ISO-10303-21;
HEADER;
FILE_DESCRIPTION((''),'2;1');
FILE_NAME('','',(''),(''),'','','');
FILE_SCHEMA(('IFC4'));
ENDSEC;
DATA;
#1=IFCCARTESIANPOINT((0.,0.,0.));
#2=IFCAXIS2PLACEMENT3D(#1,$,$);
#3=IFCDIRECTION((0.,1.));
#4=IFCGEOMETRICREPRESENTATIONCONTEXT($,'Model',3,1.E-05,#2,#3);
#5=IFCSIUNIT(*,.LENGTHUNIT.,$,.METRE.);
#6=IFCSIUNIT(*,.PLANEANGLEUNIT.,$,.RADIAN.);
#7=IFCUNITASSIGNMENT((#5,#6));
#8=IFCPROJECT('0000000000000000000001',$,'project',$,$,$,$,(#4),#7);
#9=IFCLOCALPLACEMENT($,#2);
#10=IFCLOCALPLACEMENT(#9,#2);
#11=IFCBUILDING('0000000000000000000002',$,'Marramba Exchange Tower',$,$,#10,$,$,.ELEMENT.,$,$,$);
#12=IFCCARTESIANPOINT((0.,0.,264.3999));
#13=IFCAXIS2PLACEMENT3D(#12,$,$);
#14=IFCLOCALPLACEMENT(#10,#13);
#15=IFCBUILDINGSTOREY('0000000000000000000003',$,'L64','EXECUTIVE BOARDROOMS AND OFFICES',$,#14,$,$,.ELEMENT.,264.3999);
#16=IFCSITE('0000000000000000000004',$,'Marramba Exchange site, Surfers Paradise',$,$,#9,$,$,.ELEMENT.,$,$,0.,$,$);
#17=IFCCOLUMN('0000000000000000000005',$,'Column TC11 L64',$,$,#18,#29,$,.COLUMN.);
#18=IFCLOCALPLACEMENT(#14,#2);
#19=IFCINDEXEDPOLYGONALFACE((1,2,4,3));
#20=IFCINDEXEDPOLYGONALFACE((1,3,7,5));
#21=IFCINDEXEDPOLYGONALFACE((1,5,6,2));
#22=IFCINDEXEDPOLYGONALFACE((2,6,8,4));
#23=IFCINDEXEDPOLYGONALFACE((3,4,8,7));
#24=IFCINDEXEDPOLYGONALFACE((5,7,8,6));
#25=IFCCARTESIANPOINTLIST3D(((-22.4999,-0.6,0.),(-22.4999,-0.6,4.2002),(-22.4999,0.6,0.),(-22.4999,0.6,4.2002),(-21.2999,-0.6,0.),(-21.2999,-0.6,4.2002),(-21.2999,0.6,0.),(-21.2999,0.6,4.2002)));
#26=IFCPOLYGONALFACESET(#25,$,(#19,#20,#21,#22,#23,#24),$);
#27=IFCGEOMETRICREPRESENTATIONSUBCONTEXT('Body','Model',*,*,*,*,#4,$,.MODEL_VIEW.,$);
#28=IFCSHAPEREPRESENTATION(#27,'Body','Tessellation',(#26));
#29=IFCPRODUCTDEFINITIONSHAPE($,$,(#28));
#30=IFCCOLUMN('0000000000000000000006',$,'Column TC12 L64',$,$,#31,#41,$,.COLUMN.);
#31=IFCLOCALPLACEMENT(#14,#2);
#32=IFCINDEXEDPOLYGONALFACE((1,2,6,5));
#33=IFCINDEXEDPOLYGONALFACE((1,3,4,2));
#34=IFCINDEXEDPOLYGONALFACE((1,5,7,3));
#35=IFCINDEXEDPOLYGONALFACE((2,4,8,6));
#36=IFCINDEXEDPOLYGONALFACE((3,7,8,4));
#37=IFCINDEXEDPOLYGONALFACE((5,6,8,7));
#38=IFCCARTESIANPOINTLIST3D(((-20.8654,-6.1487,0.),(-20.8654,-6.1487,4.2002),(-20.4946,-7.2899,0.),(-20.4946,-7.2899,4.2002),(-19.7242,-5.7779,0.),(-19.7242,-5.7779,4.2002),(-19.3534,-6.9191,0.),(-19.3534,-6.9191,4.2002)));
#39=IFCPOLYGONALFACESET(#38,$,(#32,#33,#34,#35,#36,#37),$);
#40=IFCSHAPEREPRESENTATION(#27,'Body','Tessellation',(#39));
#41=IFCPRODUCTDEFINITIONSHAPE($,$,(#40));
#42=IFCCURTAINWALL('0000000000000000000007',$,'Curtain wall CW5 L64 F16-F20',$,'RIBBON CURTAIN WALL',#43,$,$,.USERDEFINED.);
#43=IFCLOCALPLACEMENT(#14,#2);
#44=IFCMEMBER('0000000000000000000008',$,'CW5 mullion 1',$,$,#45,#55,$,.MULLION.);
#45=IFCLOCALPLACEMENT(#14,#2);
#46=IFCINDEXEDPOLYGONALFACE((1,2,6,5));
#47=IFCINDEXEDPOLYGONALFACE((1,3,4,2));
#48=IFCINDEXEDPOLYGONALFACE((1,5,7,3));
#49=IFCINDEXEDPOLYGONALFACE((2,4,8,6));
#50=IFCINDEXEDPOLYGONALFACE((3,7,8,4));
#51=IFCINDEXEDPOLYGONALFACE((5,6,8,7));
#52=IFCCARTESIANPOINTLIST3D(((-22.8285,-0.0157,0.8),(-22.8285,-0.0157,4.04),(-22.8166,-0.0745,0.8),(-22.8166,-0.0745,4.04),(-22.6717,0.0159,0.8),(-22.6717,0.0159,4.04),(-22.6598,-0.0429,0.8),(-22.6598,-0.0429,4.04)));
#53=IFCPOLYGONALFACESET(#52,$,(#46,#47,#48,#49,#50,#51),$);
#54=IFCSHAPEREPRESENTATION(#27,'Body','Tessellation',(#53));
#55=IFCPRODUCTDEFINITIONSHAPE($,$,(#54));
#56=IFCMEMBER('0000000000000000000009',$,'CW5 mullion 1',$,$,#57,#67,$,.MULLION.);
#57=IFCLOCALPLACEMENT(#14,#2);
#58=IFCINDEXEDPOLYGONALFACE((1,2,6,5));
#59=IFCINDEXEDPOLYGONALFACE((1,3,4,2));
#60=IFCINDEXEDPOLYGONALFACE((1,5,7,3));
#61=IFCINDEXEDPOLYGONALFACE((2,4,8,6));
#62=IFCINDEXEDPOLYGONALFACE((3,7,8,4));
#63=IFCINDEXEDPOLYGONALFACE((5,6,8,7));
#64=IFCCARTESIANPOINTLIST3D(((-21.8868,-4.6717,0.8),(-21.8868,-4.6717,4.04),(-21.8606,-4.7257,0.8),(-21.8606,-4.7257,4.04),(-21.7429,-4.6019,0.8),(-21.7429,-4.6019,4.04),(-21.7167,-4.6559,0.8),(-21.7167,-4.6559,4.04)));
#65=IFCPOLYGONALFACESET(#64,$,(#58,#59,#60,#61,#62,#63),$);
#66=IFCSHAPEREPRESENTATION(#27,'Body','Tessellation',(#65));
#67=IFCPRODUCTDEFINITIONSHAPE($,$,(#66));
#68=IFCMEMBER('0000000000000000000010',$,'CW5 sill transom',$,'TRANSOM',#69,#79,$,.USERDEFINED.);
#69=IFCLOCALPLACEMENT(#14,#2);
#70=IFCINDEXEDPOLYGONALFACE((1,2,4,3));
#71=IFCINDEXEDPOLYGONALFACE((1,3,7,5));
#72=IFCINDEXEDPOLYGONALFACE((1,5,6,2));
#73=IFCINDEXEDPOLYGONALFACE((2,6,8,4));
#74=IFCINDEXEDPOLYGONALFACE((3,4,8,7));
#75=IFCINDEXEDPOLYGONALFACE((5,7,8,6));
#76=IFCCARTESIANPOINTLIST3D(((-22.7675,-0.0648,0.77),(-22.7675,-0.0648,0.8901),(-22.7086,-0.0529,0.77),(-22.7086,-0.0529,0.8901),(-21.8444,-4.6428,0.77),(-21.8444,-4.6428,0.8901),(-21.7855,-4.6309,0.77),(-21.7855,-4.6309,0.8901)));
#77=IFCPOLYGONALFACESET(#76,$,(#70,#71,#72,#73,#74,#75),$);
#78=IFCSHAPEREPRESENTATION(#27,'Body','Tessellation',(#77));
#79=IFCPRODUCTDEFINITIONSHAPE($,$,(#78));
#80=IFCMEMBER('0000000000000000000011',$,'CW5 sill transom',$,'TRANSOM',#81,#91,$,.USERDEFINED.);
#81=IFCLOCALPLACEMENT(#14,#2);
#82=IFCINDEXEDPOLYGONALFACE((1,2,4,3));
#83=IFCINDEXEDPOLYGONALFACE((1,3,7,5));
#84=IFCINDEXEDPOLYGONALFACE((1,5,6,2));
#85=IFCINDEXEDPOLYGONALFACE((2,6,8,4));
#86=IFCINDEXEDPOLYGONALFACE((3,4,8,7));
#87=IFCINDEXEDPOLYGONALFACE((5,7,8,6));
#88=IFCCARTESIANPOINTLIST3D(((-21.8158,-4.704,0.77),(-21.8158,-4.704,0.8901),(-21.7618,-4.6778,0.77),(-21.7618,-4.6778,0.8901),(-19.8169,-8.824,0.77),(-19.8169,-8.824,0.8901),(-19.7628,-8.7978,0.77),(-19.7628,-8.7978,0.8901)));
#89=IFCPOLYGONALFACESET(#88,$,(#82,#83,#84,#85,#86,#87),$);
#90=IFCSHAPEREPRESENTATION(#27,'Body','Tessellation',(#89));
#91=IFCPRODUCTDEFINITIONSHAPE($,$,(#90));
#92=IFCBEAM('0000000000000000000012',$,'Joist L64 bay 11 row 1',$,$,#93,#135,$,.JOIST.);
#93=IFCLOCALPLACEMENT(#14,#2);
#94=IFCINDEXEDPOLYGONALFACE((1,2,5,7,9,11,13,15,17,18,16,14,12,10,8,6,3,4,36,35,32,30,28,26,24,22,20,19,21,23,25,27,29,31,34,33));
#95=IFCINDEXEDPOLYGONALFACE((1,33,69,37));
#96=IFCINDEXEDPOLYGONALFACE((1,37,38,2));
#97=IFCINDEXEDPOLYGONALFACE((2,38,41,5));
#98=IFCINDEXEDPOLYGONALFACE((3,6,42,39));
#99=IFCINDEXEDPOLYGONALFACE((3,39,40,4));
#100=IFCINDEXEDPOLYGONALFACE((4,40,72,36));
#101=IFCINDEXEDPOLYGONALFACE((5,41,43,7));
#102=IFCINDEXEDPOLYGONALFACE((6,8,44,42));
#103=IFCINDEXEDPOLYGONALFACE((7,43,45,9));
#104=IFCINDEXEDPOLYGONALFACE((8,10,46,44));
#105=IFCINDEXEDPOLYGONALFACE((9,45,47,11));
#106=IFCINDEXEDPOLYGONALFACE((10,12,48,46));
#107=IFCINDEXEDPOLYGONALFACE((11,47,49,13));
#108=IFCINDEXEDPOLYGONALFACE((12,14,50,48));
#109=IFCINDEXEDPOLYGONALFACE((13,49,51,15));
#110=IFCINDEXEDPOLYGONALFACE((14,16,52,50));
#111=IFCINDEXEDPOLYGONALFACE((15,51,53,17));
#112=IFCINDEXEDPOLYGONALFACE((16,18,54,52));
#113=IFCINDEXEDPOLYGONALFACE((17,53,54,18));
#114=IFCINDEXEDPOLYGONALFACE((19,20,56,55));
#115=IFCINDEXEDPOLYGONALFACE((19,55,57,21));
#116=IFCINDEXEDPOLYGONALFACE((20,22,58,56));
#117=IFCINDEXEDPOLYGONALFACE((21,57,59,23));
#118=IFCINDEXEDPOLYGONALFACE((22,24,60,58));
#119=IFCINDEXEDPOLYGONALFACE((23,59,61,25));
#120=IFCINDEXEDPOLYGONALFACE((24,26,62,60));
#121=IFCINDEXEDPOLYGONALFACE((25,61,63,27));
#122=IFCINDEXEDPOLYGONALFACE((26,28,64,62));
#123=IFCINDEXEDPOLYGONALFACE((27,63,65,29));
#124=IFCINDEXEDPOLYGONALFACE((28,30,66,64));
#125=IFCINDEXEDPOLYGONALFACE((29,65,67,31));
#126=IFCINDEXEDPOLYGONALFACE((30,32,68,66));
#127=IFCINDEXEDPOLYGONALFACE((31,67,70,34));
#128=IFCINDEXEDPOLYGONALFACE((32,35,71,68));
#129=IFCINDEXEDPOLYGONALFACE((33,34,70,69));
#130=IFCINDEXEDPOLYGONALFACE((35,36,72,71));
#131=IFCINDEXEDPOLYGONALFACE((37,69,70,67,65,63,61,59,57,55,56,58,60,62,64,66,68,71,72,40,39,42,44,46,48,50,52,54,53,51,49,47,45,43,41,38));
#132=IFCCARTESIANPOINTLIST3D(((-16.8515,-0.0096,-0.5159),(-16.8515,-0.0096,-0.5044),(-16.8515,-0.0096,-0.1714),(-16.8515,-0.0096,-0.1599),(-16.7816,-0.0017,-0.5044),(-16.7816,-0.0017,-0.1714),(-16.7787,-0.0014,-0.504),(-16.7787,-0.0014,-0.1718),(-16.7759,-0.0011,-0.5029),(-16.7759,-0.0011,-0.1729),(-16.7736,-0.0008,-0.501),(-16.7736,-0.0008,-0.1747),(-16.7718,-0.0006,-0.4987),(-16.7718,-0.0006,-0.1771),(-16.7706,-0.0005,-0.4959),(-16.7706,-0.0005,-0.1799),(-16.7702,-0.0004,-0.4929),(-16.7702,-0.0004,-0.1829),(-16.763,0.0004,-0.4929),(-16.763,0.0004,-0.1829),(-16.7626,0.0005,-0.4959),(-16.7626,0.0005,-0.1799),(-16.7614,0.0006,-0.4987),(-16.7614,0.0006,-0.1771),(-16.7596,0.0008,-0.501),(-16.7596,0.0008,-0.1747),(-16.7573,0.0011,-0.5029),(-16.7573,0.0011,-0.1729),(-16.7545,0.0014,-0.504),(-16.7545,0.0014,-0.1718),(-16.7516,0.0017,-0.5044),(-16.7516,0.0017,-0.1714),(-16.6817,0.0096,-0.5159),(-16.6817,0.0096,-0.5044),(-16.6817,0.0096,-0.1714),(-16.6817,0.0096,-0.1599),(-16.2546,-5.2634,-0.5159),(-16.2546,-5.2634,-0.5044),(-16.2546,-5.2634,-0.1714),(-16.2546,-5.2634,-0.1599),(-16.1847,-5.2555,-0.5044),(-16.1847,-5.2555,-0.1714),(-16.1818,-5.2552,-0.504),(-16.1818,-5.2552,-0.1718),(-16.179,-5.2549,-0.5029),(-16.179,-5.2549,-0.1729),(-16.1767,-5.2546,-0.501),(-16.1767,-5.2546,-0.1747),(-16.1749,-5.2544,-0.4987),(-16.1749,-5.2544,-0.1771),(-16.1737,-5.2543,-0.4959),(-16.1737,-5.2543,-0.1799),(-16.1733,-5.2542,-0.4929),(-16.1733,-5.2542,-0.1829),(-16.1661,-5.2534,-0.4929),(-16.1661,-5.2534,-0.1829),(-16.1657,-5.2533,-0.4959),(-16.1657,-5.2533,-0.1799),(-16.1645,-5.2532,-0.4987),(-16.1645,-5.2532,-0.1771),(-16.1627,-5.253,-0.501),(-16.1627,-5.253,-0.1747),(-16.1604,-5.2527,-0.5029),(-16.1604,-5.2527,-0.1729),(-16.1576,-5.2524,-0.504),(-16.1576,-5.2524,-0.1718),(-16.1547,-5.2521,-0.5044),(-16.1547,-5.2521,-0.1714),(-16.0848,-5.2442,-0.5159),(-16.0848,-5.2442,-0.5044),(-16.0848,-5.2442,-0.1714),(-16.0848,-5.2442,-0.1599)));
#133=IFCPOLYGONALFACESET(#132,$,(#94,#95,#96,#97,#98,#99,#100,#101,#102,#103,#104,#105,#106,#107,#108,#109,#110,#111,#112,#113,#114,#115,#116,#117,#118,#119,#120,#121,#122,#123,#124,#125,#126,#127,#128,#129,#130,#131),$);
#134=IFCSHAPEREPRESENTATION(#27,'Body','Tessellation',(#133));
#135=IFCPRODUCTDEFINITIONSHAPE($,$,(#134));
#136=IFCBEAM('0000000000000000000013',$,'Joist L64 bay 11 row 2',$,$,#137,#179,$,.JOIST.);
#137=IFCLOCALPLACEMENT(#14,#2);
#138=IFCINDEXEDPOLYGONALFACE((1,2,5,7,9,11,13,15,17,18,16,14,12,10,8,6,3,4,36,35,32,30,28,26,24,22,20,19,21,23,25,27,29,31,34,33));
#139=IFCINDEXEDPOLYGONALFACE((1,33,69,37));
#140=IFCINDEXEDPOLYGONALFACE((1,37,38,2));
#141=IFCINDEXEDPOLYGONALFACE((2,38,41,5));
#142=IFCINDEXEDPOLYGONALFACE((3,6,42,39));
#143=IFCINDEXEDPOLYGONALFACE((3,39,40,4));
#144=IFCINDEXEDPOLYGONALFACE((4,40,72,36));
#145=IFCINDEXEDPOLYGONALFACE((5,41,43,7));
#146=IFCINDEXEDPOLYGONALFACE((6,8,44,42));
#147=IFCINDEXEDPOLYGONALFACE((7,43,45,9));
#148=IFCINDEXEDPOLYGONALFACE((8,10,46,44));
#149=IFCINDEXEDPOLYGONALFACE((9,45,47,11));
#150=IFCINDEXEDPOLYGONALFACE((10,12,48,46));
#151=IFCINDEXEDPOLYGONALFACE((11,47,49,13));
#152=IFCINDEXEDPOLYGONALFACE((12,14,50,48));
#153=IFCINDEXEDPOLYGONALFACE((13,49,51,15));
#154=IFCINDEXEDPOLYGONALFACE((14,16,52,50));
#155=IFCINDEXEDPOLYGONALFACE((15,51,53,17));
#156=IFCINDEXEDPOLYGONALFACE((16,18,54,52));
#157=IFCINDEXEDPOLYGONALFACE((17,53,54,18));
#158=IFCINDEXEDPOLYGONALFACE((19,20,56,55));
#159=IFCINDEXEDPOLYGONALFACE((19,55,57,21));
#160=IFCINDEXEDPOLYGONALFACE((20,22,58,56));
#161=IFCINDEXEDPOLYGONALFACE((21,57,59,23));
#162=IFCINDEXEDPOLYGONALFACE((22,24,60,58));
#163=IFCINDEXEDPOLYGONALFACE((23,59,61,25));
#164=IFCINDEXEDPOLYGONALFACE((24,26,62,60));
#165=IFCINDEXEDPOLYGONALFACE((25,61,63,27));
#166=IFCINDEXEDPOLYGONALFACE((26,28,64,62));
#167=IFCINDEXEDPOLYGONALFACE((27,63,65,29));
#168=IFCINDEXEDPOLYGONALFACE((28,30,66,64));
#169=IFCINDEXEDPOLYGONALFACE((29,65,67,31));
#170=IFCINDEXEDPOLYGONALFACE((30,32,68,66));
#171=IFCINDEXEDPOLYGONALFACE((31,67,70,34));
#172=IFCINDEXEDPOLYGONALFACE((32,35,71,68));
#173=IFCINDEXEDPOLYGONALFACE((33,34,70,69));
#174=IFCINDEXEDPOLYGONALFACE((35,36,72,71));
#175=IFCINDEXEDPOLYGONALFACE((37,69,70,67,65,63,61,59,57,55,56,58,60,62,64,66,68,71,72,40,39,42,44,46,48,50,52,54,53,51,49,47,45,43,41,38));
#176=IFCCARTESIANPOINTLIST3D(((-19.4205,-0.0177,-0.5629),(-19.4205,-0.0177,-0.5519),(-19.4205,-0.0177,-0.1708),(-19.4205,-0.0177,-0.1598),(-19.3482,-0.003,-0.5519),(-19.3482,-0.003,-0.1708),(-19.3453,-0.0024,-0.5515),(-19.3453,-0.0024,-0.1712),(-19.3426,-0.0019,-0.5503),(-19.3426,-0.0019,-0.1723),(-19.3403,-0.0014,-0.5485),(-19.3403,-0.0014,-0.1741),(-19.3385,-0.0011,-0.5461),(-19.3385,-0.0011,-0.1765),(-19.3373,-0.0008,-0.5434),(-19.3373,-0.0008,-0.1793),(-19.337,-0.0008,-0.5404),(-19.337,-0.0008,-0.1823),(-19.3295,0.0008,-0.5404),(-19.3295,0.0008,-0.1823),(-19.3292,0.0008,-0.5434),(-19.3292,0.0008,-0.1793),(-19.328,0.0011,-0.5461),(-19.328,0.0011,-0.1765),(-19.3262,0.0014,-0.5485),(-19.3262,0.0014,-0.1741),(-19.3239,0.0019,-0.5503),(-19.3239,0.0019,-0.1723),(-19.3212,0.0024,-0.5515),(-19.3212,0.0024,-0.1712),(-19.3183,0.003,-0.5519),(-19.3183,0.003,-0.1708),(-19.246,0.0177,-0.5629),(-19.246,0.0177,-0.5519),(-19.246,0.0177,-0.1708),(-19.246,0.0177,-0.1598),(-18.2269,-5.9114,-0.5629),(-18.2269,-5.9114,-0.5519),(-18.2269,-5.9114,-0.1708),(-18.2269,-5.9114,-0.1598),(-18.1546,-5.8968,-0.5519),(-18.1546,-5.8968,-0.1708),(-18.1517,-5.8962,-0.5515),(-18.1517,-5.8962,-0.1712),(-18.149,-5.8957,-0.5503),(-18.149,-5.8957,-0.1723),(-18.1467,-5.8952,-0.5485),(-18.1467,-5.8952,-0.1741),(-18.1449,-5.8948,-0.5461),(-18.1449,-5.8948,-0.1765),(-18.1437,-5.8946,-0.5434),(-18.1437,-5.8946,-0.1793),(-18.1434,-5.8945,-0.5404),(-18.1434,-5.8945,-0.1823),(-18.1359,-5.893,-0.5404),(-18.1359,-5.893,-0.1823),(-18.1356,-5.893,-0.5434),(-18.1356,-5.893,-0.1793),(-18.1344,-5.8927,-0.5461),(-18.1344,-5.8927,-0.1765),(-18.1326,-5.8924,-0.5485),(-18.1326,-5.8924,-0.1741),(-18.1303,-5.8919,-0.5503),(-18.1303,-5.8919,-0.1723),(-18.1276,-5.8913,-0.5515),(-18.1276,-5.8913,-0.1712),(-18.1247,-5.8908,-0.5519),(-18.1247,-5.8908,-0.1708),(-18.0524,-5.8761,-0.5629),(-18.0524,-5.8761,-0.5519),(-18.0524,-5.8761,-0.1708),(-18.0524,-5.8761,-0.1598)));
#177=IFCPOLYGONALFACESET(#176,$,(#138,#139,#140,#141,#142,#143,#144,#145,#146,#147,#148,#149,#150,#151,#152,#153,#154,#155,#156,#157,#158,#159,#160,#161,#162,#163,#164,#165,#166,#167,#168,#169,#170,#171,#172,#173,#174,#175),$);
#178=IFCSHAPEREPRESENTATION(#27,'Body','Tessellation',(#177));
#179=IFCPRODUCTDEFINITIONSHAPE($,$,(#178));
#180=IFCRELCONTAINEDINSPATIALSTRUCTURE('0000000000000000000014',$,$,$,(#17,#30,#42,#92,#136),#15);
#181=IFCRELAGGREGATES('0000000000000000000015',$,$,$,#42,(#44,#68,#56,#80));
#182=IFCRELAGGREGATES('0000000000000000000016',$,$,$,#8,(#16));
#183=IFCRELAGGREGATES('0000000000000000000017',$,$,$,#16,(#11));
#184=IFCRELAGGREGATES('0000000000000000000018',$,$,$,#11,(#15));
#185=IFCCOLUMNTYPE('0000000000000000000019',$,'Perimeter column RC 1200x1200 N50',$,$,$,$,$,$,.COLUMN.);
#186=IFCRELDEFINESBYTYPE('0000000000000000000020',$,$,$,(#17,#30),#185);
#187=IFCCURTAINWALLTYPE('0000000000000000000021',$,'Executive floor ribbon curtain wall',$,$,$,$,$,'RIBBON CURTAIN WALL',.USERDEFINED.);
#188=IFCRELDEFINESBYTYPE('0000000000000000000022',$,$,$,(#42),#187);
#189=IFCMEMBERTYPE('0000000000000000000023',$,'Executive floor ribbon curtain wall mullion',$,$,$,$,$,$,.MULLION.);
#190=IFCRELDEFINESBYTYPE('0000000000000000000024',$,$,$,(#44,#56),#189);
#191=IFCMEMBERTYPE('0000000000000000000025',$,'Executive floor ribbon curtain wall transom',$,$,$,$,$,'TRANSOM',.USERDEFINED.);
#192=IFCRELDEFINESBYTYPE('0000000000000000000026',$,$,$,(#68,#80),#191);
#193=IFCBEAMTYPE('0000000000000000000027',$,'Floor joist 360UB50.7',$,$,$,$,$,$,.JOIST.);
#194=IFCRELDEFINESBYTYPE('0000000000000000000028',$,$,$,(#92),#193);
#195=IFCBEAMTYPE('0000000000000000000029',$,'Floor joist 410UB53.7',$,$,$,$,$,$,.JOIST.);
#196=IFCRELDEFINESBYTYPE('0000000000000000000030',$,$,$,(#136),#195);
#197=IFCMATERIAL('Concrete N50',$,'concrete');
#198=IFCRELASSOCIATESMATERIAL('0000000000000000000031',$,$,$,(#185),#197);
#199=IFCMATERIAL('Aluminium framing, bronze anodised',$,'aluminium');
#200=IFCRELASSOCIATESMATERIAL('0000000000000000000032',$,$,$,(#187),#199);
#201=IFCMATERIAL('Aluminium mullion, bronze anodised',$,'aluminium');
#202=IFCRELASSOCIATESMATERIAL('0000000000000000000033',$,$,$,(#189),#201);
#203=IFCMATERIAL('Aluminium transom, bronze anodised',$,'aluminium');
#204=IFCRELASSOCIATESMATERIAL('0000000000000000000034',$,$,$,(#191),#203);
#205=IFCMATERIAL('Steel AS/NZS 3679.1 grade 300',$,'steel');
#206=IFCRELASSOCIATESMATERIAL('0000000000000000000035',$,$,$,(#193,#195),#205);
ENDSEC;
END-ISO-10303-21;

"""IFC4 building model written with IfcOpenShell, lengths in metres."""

from ifc_helpers import new_model, si_unit, direction, frame, origin, origin_2d, place, context, subcontext, project, spatial, rectangle, i_section, extrude, material, material_profile, profile_set, type_object, element, aggregate, save


model = new_model("IFC4")

# Units and contexts
model_context = context("Model", 3, precision=1e-05, world=origin(), true_north=direction((0.0, 1.0)))
body_context = subcontext(model_context, "Body", "Model", "MODEL_VIEW")
ifc_project = project(units=[si_unit("LENGTHUNIT", "METRE"), si_unit("PLANEANGLEUNIT", "RADIAN")], contexts=[model_context])

# Site, building, storey
site_placement = place(None, origin())
site = spatial("IfcSite", under=ifc_project, at=site_placement, Name="Marramba Exchange site, Surfers Paradise", CompositionType="ELEMENT", RefElevation=0.0)
building_placement = place(site_placement, origin())
building = spatial("IfcBuilding", under=site, at=building_placement, Name="Marramba Exchange Tower", CompositionType="ELEMENT")
storey_placement = place(building_placement, frame((0.0, 0.0, 264.3999)))
storey = spatial("IfcBuildingStorey", under=building, at=storey_placement, Name="L64", Description="EXECUTIVE BOARDROOMS AND OFFICES", CompositionType="ELEMENT", Elevation=264.3999)

# Columns
ifc_material_1 = material(Name="Concrete N50", Category="concrete")
ifc_material_profile_1 = material_profile(ifc_material_1, rectangle(XDim=1.2, YDim=1.2, at=origin_2d()), Name="RC 1200x1200")
ifc_profile_set_1 = profile_set([ifc_material_profile_1], Name="Concrete N50")
column_type = type_object("IfcColumnType", Name="Perimeter column RC 1200x1200 N50", PredefinedType="COLUMN", material=ifc_profile_set_1)
for number, where, z_axis, x_axis, name in (
    (1, (-21.8999, 0.0, 0.0), (0.0, 0.0, 1.0), (-1.0, 0.0, 0.0), "Column TC11 L64"),
    (2, (-20.1094, -6.5339, 0.0), (0.0, 0.0, 1.0), (-0.951057, -0.309017, 0.0), "Column TC12 L64"),
):
    element("IfcColumn", number, at=place(storey_placement, frame(where, z_axis=z_axis, x_axis=x_axis)), inside=storey, type_object=column_type, Name=name, PredefinedType="COLUMN", context=body_context, shape_type="SweptSolid", body=[
        extrude(rectangle(XDim=1.2, YDim=1.2, at=origin_2d()), origin(), (0.0, 0.0, 1.0), 4.2002),
    ])

# Curtain wall, members
ifc_material_2 = material(Name="Aluminium framing, bronze anodised", Category="aluminium")
curtain_wall_type = type_object("IfcCurtainWallType", Name="Executive floor ribbon curtain wall", ElementType="RIBBON CURTAIN WALL", PredefinedType="USERDEFINED", material=ifc_material_2)
curtain_wall_placement = place(storey_placement, origin())
curtain_wall = element("IfcCurtainWall", 3, at=curtain_wall_placement, inside=storey, type_object=curtain_wall_type, Name="Curtain wall CW5 L64 F16-F20", ObjectType="RIBBON CURTAIN WALL", PredefinedType="USERDEFINED")
ifc_material_3 = material(Name="Aluminium mullion, bronze anodised", Category="aluminium")
ifc_material_profile_2 = material_profile(ifc_material_3, rectangle(XDim=0.1599, YDim=0.0601, at=origin_2d()), Name="CW5 mullion 60x160")
ifc_profile_set_2 = profile_set([ifc_material_profile_2], Name="Aluminium mullion, bronze anodised")
member_type_1 = type_object("IfcMemberType", Name="Executive floor ribbon curtain wall mullion", PredefinedType="MULLION", material=ifc_profile_set_2)
member_1_placement = place(storey_placement, frame((-22.7441, -0.0293, 0.8), z_axis=(0.0, 0.0, 1.0), x_axis=(0.980269, 0.197671, 0.0)))
member_1 = element("IfcMember", 4, at=member_1_placement, type_object=member_type_1, Name="CW5 mullion 1", PredefinedType="MULLION", context=body_context, shape_type="SweptSolid", body=[
    extrude(rectangle(XDim=0.1599, YDim=0.0601, at=origin_2d()), origin(), (0.0, 0.0, 1.0), 3.24),
])
member_2_placement = place(storey_placement, frame((-21.8018, -4.6638, 0.8), z_axis=(0.0, 0.0, 1.0), x_axis=(0.899697, 0.436515, 0.0)))
member_2 = element("IfcMember", 5, at=member_2_placement, type_object=member_type_1, Name="CW5 mullion 1", PredefinedType="MULLION", context=body_context, shape_type="SweptSolid", body=[
    extrude(rectangle(XDim=0.1599, YDim=0.0601, at=origin_2d()), origin(), (0.0, 0.0, 1.0), 3.24),
])
ifc_material_4 = material(Name="Aluminium transom, bronze anodised", Category="aluminium")
ifc_material_profile_3 = material_profile(ifc_material_4, rectangle(XDim=0.0601, YDim=0.1201, at=origin_2d()), Name="CW5 transom 60x120")
ifc_profile_set_3 = profile_set([ifc_material_profile_3], Name="Aluminium transom, bronze anodised")
member_type_2 = type_object("IfcMemberType", Name="Executive floor ribbon curtain wall transom", ElementType="TRANSOM", PredefinedType="USERDEFINED", material=ifc_profile_set_3)
member_3_placement = place(storey_placement, frame((-22.738, -0.0588, 0.8301), z_axis=(0.197654, -0.980272, 0.0), x_axis=(0.980272, 0.197654, 0.0)))
member_3 = element("IfcMember", 6, at=member_3_placement, type_object=member_type_2, Name="CW5 sill transom", ObjectType="TRANSOM", PredefinedType="USERDEFINED", context=body_context, shape_type="SweptSolid", body=[
    extrude(rectangle(XDim=0.0601, YDim=0.1201, at=origin_2d()), origin(), (0.0, 0.0, 1.0), 4.6702),
])
member_4_placement = place(storey_placement, frame((-21.7888, -4.6909, 0.8301), z_axis=(0.436519, -0.899695, 0.0), x_axis=(0.899695, 0.436519, 0.0)))
member_4 = element("IfcMember", 7, at=member_4_placement, type_object=member_type_2, Name="CW5 sill transom", ObjectType="TRANSOM", PredefinedType="USERDEFINED", context=body_context, shape_type="SweptSolid", body=[
    extrude(rectangle(XDim=0.0601, YDim=0.1201, at=origin_2d()), origin(), (0.0, 0.0, 1.0), 4.5793),
])

# Beams
ifc_material_5 = material(Name="Steel AS/NZS 3679.1 grade 300", Category="steel")
ifc_material_profile_4 = material_profile(ifc_material_5, i_section(OverallWidth=0.1709, OverallDepth=0.356, WebThickness=0.0073, FlangeThickness=0.0115, FilletRadius=0.0115, at=origin_2d()), Name="360UB50.7")
ifc_profile_set_4 = profile_set([ifc_material_profile_4], Name="Steel AS/NZS 3679.1 grade 300")
beam_type_1 = type_object("IfcBeamType", Name="Floor joist 360UB50.7", PredefinedType="JOIST", material=ifc_profile_set_4)
beam_1_placement = place(storey_placement, frame((-16.7666, 0.0, -0.3379), z_axis=(0.112889, -0.993608, 0.0), x_axis=(0.993608, 0.112889, 0.0)))
element("IfcBeam", 8, at=beam_1_placement, inside=storey, type_object=beam_type_1, Name="Joist L64 bay 11 row 1", PredefinedType="JOIST", context=body_context, shape_type="SweptSolid", body=[
    extrude(i_section(OverallWidth=0.1709, OverallDepth=0.356, WebThickness=0.0073, FlangeThickness=0.0115, FilletRadius=0.0115, at=origin_2d()), origin(), (0.0, 0.0, 1.0), 5.2876),
])
ifc_material_profile_5 = material_profile(ifc_material_5, i_section(OverallWidth=0.178, OverallDepth=0.4031, WebThickness=0.0076, FlangeThickness=0.011, FilletRadius=0.0115, at=origin_2d()), Name="410UB53.7")
ifc_profile_set_5 = profile_set([ifc_material_profile_5], Name="Steel AS/NZS 3679.1 grade 300")
beam_type_2 = type_object("IfcBeamType", Name="Floor joist 410UB53.7", PredefinedType="JOIST", material=ifc_profile_set_5)
beam_2_placement = place(storey_placement, frame((-19.3333, 0.0, -0.3613), z_axis=(0.198489, -0.980103, 0.0), x_axis=(0.980103, 0.198489, 0.0)))
element("IfcBeam", 9, at=beam_2_placement, inside=storey, type_object=beam_type_2, Name="Joist L64 bay 11 row 2", PredefinedType="JOIST", context=body_context, shape_type="SweptSolid", body=[
    extrude(i_section(OverallWidth=0.178, OverallDepth=0.4031, WebThickness=0.0076, FlangeThickness=0.011, FilletRadius=0.0115, at=origin_2d()), origin(), (0.0, 0.0, 1.0), 6.0134),
])

aggregate(curtain_wall, [member_1, member_3, member_2, member_4])

save(model, "model.ifc")
